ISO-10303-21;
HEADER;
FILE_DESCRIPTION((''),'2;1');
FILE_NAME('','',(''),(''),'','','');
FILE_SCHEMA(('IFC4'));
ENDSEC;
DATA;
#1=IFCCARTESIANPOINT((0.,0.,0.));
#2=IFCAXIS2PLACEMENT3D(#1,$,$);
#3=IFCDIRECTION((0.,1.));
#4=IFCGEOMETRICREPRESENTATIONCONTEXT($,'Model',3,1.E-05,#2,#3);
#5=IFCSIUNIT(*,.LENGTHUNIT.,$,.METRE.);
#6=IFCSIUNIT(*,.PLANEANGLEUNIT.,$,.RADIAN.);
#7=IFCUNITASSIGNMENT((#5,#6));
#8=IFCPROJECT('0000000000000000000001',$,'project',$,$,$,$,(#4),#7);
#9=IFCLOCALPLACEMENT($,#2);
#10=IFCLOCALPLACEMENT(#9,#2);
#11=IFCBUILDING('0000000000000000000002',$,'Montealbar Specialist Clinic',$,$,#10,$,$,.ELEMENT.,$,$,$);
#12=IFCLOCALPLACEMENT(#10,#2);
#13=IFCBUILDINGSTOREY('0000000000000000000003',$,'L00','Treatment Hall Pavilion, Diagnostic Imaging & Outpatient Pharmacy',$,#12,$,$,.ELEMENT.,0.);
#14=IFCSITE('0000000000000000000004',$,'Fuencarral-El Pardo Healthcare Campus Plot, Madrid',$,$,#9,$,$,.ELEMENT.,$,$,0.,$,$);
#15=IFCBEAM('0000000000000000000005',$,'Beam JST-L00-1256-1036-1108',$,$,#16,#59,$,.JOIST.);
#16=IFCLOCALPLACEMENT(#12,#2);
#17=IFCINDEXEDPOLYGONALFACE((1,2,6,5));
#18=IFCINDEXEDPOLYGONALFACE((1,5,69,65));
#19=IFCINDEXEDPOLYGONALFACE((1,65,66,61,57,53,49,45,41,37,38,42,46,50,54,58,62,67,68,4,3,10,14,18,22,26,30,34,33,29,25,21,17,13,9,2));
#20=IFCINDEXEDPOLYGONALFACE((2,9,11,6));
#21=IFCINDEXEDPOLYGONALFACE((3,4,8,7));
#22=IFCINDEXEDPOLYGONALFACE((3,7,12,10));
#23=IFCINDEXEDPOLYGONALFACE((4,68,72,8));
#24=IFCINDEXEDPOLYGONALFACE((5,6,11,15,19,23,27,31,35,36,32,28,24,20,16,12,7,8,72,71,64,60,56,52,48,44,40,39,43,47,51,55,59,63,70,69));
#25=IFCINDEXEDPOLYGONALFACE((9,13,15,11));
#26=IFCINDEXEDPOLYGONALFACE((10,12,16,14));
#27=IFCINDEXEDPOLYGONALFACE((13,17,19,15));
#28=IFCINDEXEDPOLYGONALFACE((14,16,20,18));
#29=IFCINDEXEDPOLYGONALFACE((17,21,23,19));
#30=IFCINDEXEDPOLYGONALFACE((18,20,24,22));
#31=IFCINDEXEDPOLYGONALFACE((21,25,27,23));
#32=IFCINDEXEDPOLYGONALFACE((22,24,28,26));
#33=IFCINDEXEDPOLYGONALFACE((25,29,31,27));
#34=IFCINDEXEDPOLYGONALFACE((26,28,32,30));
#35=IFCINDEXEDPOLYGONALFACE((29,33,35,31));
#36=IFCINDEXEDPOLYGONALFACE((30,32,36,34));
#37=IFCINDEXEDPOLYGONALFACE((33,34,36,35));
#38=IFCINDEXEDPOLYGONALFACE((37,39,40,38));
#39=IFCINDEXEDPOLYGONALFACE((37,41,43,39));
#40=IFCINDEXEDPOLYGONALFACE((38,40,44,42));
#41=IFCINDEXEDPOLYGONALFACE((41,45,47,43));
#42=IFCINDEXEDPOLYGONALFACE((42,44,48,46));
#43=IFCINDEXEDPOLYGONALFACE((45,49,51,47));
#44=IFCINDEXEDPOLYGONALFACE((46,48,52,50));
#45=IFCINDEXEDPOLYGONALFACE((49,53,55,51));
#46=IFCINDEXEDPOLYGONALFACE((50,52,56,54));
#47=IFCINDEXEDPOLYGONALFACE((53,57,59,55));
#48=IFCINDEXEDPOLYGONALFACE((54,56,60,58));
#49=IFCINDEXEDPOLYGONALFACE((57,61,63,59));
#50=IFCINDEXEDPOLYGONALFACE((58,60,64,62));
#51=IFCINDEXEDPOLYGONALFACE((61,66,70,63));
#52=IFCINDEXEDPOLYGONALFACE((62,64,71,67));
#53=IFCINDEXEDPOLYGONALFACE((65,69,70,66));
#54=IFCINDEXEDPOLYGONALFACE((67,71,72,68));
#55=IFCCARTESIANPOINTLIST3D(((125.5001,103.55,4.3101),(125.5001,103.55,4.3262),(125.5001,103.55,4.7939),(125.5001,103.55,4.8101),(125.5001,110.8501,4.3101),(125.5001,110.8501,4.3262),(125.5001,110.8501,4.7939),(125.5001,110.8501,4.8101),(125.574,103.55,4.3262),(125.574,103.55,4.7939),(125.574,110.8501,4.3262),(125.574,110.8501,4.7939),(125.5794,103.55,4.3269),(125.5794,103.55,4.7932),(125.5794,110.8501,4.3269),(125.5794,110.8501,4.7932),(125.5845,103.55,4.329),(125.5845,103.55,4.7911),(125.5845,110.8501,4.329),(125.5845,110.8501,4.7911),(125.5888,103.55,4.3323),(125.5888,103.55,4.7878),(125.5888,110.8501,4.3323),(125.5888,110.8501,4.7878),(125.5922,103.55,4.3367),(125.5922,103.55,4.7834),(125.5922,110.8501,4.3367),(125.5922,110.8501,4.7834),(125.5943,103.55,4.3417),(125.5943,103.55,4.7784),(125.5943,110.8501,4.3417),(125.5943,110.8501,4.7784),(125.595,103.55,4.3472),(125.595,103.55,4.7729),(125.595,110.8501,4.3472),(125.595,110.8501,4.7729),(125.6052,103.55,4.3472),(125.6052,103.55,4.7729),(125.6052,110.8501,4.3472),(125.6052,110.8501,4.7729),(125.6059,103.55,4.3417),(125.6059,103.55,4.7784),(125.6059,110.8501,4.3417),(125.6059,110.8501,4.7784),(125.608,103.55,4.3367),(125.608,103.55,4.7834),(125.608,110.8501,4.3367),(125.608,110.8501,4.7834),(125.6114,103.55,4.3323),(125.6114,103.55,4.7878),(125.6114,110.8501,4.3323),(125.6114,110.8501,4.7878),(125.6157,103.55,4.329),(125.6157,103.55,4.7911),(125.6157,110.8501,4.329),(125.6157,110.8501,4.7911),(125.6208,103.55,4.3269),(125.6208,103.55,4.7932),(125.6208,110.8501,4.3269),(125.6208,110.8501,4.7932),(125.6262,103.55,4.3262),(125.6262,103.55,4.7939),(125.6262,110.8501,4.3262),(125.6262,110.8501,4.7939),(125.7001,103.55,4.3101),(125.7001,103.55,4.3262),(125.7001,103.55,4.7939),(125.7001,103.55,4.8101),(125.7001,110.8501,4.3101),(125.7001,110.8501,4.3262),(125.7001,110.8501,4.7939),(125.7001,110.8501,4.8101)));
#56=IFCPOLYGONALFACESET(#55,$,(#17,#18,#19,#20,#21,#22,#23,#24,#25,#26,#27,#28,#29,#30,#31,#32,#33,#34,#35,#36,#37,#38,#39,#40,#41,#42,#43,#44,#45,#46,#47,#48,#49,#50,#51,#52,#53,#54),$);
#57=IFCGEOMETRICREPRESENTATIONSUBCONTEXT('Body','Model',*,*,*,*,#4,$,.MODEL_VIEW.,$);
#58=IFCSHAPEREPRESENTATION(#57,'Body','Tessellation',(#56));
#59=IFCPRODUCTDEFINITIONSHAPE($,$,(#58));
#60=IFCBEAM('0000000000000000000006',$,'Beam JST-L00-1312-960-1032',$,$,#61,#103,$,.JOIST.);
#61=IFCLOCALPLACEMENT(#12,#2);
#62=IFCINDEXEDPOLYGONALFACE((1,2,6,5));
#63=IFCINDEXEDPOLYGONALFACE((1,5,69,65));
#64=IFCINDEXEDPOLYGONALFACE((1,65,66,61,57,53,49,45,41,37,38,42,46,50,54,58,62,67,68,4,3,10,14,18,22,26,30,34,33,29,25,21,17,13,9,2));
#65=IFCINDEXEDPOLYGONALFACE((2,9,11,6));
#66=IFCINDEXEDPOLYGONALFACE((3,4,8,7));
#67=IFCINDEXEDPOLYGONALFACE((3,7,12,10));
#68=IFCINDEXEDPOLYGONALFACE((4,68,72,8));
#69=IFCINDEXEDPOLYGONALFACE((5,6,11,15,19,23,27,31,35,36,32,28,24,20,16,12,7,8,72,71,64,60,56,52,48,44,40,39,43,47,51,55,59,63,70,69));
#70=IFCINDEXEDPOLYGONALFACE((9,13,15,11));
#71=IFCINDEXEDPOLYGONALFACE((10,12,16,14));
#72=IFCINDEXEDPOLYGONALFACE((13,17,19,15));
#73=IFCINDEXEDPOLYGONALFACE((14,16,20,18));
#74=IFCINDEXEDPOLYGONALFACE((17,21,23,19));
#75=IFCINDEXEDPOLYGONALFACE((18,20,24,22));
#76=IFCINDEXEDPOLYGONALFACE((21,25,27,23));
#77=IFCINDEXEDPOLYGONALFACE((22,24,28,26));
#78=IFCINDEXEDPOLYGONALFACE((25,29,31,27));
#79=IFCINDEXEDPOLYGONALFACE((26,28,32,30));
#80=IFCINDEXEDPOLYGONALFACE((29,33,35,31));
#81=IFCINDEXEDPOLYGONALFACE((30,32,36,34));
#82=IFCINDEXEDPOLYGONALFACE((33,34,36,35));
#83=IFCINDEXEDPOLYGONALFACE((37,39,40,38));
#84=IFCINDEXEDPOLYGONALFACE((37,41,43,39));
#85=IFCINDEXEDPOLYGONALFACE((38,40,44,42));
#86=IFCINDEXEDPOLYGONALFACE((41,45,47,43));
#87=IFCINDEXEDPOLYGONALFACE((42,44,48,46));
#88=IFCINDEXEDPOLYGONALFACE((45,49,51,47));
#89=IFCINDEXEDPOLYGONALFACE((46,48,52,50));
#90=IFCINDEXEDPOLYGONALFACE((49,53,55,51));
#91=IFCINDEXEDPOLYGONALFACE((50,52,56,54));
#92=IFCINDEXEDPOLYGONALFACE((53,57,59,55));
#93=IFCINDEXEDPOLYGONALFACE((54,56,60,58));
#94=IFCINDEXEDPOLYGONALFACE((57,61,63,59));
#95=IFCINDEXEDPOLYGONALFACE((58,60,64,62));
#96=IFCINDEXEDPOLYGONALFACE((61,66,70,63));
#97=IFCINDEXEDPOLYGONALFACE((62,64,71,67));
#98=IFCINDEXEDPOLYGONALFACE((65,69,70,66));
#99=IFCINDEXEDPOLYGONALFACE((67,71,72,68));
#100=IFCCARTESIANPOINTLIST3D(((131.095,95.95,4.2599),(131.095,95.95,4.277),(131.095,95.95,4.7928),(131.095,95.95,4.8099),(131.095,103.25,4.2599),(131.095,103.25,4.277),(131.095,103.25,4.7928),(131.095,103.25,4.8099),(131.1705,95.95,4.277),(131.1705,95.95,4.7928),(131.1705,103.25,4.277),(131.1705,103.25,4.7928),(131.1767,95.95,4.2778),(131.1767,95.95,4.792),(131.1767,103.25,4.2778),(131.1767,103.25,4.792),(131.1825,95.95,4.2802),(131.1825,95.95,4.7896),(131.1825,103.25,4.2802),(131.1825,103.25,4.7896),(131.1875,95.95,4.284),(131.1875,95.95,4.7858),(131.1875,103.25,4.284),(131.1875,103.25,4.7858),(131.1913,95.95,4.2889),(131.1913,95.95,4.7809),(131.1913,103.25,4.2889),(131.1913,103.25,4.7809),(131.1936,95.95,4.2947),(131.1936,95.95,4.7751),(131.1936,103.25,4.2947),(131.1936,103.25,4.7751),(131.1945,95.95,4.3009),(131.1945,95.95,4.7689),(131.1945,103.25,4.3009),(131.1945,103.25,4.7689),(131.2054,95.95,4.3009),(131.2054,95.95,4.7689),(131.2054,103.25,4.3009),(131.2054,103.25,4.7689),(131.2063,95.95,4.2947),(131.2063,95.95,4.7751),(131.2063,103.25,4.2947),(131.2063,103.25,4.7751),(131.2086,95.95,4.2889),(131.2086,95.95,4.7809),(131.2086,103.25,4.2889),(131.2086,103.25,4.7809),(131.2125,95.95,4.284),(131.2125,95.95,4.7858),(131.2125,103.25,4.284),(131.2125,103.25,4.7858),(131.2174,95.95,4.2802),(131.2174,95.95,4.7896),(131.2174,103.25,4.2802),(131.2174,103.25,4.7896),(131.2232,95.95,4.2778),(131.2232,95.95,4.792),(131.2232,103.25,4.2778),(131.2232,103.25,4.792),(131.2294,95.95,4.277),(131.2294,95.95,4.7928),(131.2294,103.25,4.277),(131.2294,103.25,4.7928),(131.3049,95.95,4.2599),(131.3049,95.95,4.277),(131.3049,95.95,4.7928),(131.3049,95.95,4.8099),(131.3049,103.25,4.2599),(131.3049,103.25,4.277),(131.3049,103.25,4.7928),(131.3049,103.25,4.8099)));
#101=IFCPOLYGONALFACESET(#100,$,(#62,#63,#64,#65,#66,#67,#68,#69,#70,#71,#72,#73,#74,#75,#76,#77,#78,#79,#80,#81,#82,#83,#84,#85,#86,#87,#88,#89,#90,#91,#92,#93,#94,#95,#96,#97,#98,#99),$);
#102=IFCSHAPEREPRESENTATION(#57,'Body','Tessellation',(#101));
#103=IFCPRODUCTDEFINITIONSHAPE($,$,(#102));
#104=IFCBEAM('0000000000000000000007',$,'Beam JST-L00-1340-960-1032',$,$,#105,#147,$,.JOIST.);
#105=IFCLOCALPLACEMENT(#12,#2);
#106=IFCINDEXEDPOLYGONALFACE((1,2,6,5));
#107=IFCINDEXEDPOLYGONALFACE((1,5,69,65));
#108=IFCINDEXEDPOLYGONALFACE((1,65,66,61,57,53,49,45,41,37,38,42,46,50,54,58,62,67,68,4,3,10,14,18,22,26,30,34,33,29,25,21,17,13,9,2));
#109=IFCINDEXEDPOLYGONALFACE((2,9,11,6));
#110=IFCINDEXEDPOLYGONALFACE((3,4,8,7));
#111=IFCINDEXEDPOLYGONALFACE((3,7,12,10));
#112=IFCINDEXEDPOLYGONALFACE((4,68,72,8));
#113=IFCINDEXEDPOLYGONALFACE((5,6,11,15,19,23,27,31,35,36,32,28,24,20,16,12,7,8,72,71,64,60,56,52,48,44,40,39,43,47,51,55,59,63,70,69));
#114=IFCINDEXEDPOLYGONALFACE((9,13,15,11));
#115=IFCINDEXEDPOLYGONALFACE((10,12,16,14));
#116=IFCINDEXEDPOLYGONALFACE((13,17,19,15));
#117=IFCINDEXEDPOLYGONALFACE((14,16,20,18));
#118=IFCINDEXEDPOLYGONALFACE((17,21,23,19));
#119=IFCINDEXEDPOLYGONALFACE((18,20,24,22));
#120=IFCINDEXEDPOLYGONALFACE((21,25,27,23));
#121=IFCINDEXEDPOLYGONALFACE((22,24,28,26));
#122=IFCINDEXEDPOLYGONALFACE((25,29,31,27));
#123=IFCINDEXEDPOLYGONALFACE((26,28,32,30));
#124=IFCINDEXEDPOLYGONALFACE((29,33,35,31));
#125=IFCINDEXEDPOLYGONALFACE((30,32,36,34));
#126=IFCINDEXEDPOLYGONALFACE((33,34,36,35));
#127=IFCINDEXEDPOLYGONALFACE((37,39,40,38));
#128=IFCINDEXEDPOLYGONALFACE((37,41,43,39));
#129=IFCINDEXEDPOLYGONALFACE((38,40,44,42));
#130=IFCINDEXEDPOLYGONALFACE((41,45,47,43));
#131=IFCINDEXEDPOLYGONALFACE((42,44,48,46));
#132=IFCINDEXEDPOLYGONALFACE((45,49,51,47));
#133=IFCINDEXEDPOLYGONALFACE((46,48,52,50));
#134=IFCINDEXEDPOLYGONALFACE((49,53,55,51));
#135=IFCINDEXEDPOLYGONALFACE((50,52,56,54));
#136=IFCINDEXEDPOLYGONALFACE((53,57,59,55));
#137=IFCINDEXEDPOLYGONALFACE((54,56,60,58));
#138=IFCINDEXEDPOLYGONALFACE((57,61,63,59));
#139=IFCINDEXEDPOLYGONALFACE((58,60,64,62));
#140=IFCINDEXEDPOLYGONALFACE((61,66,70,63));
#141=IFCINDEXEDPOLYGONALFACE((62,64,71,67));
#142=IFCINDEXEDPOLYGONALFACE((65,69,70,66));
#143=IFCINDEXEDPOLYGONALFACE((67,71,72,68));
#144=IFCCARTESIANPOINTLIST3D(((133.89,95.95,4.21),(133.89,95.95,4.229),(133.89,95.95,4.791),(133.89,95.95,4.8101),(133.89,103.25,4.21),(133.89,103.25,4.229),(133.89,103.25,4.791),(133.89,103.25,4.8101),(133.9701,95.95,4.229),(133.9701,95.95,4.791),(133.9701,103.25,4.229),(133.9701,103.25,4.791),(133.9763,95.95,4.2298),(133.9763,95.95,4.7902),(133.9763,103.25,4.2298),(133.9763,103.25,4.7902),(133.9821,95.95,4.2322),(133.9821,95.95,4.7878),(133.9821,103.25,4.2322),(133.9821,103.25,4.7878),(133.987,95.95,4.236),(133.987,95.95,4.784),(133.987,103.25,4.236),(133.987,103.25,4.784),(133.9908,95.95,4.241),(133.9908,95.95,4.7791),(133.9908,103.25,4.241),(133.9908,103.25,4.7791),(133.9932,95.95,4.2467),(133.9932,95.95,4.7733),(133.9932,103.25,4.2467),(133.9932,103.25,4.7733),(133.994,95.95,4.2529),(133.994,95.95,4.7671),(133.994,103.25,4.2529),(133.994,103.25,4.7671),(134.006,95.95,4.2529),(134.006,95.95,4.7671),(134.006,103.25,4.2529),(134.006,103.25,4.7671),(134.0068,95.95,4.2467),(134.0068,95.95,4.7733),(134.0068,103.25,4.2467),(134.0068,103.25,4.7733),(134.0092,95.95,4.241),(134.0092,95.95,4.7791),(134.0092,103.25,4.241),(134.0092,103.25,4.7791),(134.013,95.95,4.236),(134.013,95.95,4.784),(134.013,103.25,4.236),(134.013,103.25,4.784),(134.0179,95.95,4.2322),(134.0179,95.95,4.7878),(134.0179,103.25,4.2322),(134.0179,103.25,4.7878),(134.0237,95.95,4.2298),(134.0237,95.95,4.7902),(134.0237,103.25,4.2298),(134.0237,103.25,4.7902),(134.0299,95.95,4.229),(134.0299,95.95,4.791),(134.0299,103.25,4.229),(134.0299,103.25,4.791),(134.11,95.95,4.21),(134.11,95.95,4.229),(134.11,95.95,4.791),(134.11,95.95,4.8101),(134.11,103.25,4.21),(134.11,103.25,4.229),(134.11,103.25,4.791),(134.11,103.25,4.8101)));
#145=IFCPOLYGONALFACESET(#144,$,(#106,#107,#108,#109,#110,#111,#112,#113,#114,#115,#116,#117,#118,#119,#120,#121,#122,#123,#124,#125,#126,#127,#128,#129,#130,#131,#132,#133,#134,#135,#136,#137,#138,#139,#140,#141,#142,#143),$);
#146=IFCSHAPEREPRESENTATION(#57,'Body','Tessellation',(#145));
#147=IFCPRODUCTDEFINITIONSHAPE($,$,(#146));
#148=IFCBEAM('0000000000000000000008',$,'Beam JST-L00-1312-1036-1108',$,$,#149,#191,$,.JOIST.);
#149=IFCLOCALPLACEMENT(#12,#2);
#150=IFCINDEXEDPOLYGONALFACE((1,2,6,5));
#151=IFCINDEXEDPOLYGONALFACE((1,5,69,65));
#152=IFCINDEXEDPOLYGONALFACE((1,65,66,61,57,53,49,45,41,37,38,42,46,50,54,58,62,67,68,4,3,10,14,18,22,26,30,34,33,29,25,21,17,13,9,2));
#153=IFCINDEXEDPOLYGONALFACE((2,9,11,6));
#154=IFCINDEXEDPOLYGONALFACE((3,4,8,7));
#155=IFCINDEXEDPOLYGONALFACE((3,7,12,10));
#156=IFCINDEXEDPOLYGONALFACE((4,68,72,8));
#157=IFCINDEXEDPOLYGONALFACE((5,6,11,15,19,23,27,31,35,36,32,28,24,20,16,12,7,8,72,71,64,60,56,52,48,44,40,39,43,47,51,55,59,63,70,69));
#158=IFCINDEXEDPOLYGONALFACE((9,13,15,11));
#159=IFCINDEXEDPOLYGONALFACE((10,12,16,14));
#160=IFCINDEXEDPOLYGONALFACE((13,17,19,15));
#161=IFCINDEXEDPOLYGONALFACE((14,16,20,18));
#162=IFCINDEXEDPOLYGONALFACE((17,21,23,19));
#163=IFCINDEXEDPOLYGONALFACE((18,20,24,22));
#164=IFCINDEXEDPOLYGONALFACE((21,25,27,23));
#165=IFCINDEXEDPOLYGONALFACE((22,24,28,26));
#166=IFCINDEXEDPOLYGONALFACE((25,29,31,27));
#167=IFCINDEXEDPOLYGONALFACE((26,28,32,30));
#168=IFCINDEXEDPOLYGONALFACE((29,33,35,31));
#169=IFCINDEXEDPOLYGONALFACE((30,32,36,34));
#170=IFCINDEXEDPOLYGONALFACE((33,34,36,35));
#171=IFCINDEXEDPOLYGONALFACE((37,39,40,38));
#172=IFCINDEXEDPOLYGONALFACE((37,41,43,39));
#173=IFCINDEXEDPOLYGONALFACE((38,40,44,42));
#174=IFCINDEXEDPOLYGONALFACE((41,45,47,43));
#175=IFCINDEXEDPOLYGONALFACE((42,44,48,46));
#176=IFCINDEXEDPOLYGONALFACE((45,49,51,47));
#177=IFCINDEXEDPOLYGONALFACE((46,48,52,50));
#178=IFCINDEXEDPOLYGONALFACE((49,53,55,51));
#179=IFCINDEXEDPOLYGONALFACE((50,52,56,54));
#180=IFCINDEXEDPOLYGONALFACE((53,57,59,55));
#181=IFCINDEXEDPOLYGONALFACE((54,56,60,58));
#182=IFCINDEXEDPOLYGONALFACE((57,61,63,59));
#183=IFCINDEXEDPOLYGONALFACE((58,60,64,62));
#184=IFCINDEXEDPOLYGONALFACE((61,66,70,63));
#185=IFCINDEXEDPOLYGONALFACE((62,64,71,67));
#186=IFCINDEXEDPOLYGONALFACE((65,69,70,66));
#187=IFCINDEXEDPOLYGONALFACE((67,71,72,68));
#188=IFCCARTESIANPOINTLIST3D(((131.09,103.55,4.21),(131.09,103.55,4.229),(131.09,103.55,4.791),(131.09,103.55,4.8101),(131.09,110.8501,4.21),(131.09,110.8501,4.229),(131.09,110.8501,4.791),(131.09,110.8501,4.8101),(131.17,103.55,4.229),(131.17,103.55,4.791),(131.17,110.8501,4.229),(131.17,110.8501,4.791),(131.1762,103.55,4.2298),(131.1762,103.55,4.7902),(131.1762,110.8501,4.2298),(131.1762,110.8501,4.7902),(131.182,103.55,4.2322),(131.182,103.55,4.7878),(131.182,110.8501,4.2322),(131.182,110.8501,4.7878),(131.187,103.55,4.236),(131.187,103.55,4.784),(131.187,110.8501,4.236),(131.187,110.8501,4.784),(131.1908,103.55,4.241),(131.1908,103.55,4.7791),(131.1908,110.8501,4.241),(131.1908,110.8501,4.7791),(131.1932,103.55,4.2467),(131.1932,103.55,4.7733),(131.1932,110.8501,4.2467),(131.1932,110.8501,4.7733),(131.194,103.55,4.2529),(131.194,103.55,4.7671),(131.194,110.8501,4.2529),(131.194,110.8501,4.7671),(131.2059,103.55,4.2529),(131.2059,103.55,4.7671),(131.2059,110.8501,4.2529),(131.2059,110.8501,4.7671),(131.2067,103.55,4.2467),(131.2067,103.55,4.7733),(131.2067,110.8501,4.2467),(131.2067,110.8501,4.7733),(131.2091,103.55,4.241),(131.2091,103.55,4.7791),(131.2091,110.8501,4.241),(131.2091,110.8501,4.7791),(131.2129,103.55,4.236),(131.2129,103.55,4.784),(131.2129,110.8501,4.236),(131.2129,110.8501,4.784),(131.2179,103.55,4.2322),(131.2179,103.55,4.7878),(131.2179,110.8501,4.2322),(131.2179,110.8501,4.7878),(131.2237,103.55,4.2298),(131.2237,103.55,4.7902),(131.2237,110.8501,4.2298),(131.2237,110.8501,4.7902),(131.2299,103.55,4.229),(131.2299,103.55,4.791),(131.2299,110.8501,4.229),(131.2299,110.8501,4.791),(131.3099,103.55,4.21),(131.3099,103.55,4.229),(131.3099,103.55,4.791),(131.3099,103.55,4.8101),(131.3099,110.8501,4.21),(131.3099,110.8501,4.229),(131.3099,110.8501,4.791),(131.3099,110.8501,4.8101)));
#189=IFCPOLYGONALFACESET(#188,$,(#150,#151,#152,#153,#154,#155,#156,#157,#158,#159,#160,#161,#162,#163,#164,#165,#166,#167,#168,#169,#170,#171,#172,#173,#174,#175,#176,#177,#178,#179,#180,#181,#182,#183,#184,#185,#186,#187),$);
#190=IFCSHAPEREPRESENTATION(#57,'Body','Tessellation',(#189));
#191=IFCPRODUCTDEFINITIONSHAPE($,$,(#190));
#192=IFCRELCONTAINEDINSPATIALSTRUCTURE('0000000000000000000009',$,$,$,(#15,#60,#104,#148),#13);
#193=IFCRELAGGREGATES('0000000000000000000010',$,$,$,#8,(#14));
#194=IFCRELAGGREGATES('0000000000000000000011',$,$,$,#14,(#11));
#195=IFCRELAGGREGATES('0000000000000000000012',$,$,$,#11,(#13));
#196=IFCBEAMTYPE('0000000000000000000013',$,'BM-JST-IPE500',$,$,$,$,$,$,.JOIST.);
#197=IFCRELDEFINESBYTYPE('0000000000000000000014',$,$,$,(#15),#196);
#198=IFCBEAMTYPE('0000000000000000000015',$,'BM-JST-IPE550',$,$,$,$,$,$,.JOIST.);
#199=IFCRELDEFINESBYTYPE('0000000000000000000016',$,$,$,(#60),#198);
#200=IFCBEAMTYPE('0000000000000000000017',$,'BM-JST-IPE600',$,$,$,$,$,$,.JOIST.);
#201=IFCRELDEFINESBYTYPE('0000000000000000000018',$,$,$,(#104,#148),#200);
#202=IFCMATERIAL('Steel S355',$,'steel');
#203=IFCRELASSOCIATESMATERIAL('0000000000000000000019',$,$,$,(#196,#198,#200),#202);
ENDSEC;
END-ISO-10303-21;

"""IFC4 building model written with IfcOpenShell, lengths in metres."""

from ifc_helpers import new_model, si_unit, direction, frame, origin, origin_2d, place, context, subcontext, project, spatial, i_section, extrude, material, material_profile, profile_set, type_object, element, save


model = new_model("IFC4")

# Units and contexts
model_context = context("Model", 3, precision=1e-05, world=origin(), true_north=direction((0.0, 1.0)))
body_context = subcontext(model_context, "Body", "Model", "MODEL_VIEW")
ifc_project = project(units=[si_unit("LENGTHUNIT", "METRE"), si_unit("PLANEANGLEUNIT", "RADIAN")], contexts=[model_context])

# Site, building, storey
site_placement = place(None, origin())
site = spatial("IfcSite", under=ifc_project, at=site_placement, Name="Fuencarral-El Pardo Healthcare Campus Plot, Madrid", CompositionType="ELEMENT", RefElevation=0.0)
building_placement = place(site_placement, origin())
building = spatial("IfcBuilding", under=site, at=building_placement, Name="Montealbar Specialist Clinic", CompositionType="ELEMENT")
storey_placement = place(building_placement, origin())
storey = spatial("IfcBuildingStorey", under=building, at=storey_placement, Name="L00", Description="Treatment Hall Pavilion, Diagnostic Imaging & Outpatient Pharmacy", CompositionType="ELEMENT", Elevation=0.0)

# Shared definitions
ifc_material_1 = material(Name="Steel S355", Category="steel")

# Beams
ifc_material_profile_1 = material_profile(ifc_material_1, i_section(OverallWidth=0.2, OverallDepth=0.5, WebThickness=0.0103, FlangeThickness=0.0161, FilletRadius=0.021, at=origin_2d()), Name="IPE 500", Category="steel")
ifc_profile_set_1 = profile_set([ifc_material_profile_1], Name="Steel S355")
beam_type_1 = type_object("IfcBeamType", Name="BM-JST-IPE500", PredefinedType="JOIST", material=ifc_profile_set_1)
beam_1_placement = place(storey_placement, frame((125.6001, 103.55, 4.5601), z_axis=(0.0, 1.0, 0.0), x_axis=(-1.0, 0.0, 0.0)))
element("IfcBeam", 1, at=beam_1_placement, inside=storey, type_object=beam_type_1, Name="Beam JST-L00-1256-1036-1108", PredefinedType="JOIST", context=body_context, shape_type="SweptSolid", body=[
    extrude(i_section(OverallWidth=0.2, OverallDepth=0.5, WebThickness=0.0103, FlangeThickness=0.0161, FilletRadius=0.021, at=origin_2d()), origin(), (0.0, 0.0, 1.0), 7.3),
])
ifc_material_profile_2 = material_profile(ifc_material_1, i_section(OverallWidth=0.21, OverallDepth=0.55, WebThickness=0.011, FlangeThickness=0.0171, FilletRadius=0.0239, at=origin_2d()), Name="IPE 550", Category="steel")
ifc_profile_set_2 = profile_set([ifc_material_profile_2], Name="Steel S355")
beam_type_2 = type_object("IfcBeamType", Name="BM-JST-IPE550", PredefinedType="JOIST", material=ifc_profile_set_2)
beam_2_placement = place(storey_placement, frame((131.2, 95.95, 4.5349), z_axis=(0.0, 1.0, 0.0), x_axis=(-1.0, 0.0, 0.0)))
element("IfcBeam", 2, at=beam_2_placement, inside=storey, type_object=beam_type_2, Name="Beam JST-L00-1312-960-1032", PredefinedType="JOIST", context=body_context, shape_type="SweptSolid", body=[
    extrude(i_section(OverallWidth=0.21, OverallDepth=0.55, WebThickness=0.011, FlangeThickness=0.0171, FilletRadius=0.0239, at=origin_2d()), origin(), (0.0, 0.0, 1.0), 7.3),
])
ifc_material_profile_3 = material_profile(ifc_material_1, i_section(OverallWidth=0.22, OverallDepth=0.6001, WebThickness=0.012, FlangeThickness=0.019, FilletRadius=0.0239, at=origin_2d()), Name="IPE 600", Category="steel")
ifc_profile_set_3 = profile_set([ifc_material_profile_3], Name="Steel S355")
beam_type_3 = type_object("IfcBeamType", Name="BM-JST-IPE600", PredefinedType="JOIST", material=ifc_profile_set_3)
for number, where, z_axis, x_axis, name in (
    (3, (134.0, 95.95, 4.51), (0.0, 1.0, 0.0), (-1.0, 0.0, 0.0), "Beam JST-L00-1340-960-1032"),
    (4, (131.2, 103.55, 4.51), (0.0, 1.0, 0.0), (-1.0, 0.0, 0.0), "Beam JST-L00-1312-1036-1108"),
):
    element("IfcBeam", number, at=place(storey_placement, frame(where, z_axis=z_axis, x_axis=x_axis)), inside=storey, type_object=beam_type_3, Name=name, PredefinedType="JOIST", context=body_context, shape_type="SweptSolid", body=[
        extrude(i_section(OverallWidth=0.22, OverallDepth=0.6001, WebThickness=0.012, FlangeThickness=0.019, FilletRadius=0.0239, at=origin_2d()), origin(), (0.0, 0.0, 1.0), 7.3),
    ])

save(model, "model.ifc")
